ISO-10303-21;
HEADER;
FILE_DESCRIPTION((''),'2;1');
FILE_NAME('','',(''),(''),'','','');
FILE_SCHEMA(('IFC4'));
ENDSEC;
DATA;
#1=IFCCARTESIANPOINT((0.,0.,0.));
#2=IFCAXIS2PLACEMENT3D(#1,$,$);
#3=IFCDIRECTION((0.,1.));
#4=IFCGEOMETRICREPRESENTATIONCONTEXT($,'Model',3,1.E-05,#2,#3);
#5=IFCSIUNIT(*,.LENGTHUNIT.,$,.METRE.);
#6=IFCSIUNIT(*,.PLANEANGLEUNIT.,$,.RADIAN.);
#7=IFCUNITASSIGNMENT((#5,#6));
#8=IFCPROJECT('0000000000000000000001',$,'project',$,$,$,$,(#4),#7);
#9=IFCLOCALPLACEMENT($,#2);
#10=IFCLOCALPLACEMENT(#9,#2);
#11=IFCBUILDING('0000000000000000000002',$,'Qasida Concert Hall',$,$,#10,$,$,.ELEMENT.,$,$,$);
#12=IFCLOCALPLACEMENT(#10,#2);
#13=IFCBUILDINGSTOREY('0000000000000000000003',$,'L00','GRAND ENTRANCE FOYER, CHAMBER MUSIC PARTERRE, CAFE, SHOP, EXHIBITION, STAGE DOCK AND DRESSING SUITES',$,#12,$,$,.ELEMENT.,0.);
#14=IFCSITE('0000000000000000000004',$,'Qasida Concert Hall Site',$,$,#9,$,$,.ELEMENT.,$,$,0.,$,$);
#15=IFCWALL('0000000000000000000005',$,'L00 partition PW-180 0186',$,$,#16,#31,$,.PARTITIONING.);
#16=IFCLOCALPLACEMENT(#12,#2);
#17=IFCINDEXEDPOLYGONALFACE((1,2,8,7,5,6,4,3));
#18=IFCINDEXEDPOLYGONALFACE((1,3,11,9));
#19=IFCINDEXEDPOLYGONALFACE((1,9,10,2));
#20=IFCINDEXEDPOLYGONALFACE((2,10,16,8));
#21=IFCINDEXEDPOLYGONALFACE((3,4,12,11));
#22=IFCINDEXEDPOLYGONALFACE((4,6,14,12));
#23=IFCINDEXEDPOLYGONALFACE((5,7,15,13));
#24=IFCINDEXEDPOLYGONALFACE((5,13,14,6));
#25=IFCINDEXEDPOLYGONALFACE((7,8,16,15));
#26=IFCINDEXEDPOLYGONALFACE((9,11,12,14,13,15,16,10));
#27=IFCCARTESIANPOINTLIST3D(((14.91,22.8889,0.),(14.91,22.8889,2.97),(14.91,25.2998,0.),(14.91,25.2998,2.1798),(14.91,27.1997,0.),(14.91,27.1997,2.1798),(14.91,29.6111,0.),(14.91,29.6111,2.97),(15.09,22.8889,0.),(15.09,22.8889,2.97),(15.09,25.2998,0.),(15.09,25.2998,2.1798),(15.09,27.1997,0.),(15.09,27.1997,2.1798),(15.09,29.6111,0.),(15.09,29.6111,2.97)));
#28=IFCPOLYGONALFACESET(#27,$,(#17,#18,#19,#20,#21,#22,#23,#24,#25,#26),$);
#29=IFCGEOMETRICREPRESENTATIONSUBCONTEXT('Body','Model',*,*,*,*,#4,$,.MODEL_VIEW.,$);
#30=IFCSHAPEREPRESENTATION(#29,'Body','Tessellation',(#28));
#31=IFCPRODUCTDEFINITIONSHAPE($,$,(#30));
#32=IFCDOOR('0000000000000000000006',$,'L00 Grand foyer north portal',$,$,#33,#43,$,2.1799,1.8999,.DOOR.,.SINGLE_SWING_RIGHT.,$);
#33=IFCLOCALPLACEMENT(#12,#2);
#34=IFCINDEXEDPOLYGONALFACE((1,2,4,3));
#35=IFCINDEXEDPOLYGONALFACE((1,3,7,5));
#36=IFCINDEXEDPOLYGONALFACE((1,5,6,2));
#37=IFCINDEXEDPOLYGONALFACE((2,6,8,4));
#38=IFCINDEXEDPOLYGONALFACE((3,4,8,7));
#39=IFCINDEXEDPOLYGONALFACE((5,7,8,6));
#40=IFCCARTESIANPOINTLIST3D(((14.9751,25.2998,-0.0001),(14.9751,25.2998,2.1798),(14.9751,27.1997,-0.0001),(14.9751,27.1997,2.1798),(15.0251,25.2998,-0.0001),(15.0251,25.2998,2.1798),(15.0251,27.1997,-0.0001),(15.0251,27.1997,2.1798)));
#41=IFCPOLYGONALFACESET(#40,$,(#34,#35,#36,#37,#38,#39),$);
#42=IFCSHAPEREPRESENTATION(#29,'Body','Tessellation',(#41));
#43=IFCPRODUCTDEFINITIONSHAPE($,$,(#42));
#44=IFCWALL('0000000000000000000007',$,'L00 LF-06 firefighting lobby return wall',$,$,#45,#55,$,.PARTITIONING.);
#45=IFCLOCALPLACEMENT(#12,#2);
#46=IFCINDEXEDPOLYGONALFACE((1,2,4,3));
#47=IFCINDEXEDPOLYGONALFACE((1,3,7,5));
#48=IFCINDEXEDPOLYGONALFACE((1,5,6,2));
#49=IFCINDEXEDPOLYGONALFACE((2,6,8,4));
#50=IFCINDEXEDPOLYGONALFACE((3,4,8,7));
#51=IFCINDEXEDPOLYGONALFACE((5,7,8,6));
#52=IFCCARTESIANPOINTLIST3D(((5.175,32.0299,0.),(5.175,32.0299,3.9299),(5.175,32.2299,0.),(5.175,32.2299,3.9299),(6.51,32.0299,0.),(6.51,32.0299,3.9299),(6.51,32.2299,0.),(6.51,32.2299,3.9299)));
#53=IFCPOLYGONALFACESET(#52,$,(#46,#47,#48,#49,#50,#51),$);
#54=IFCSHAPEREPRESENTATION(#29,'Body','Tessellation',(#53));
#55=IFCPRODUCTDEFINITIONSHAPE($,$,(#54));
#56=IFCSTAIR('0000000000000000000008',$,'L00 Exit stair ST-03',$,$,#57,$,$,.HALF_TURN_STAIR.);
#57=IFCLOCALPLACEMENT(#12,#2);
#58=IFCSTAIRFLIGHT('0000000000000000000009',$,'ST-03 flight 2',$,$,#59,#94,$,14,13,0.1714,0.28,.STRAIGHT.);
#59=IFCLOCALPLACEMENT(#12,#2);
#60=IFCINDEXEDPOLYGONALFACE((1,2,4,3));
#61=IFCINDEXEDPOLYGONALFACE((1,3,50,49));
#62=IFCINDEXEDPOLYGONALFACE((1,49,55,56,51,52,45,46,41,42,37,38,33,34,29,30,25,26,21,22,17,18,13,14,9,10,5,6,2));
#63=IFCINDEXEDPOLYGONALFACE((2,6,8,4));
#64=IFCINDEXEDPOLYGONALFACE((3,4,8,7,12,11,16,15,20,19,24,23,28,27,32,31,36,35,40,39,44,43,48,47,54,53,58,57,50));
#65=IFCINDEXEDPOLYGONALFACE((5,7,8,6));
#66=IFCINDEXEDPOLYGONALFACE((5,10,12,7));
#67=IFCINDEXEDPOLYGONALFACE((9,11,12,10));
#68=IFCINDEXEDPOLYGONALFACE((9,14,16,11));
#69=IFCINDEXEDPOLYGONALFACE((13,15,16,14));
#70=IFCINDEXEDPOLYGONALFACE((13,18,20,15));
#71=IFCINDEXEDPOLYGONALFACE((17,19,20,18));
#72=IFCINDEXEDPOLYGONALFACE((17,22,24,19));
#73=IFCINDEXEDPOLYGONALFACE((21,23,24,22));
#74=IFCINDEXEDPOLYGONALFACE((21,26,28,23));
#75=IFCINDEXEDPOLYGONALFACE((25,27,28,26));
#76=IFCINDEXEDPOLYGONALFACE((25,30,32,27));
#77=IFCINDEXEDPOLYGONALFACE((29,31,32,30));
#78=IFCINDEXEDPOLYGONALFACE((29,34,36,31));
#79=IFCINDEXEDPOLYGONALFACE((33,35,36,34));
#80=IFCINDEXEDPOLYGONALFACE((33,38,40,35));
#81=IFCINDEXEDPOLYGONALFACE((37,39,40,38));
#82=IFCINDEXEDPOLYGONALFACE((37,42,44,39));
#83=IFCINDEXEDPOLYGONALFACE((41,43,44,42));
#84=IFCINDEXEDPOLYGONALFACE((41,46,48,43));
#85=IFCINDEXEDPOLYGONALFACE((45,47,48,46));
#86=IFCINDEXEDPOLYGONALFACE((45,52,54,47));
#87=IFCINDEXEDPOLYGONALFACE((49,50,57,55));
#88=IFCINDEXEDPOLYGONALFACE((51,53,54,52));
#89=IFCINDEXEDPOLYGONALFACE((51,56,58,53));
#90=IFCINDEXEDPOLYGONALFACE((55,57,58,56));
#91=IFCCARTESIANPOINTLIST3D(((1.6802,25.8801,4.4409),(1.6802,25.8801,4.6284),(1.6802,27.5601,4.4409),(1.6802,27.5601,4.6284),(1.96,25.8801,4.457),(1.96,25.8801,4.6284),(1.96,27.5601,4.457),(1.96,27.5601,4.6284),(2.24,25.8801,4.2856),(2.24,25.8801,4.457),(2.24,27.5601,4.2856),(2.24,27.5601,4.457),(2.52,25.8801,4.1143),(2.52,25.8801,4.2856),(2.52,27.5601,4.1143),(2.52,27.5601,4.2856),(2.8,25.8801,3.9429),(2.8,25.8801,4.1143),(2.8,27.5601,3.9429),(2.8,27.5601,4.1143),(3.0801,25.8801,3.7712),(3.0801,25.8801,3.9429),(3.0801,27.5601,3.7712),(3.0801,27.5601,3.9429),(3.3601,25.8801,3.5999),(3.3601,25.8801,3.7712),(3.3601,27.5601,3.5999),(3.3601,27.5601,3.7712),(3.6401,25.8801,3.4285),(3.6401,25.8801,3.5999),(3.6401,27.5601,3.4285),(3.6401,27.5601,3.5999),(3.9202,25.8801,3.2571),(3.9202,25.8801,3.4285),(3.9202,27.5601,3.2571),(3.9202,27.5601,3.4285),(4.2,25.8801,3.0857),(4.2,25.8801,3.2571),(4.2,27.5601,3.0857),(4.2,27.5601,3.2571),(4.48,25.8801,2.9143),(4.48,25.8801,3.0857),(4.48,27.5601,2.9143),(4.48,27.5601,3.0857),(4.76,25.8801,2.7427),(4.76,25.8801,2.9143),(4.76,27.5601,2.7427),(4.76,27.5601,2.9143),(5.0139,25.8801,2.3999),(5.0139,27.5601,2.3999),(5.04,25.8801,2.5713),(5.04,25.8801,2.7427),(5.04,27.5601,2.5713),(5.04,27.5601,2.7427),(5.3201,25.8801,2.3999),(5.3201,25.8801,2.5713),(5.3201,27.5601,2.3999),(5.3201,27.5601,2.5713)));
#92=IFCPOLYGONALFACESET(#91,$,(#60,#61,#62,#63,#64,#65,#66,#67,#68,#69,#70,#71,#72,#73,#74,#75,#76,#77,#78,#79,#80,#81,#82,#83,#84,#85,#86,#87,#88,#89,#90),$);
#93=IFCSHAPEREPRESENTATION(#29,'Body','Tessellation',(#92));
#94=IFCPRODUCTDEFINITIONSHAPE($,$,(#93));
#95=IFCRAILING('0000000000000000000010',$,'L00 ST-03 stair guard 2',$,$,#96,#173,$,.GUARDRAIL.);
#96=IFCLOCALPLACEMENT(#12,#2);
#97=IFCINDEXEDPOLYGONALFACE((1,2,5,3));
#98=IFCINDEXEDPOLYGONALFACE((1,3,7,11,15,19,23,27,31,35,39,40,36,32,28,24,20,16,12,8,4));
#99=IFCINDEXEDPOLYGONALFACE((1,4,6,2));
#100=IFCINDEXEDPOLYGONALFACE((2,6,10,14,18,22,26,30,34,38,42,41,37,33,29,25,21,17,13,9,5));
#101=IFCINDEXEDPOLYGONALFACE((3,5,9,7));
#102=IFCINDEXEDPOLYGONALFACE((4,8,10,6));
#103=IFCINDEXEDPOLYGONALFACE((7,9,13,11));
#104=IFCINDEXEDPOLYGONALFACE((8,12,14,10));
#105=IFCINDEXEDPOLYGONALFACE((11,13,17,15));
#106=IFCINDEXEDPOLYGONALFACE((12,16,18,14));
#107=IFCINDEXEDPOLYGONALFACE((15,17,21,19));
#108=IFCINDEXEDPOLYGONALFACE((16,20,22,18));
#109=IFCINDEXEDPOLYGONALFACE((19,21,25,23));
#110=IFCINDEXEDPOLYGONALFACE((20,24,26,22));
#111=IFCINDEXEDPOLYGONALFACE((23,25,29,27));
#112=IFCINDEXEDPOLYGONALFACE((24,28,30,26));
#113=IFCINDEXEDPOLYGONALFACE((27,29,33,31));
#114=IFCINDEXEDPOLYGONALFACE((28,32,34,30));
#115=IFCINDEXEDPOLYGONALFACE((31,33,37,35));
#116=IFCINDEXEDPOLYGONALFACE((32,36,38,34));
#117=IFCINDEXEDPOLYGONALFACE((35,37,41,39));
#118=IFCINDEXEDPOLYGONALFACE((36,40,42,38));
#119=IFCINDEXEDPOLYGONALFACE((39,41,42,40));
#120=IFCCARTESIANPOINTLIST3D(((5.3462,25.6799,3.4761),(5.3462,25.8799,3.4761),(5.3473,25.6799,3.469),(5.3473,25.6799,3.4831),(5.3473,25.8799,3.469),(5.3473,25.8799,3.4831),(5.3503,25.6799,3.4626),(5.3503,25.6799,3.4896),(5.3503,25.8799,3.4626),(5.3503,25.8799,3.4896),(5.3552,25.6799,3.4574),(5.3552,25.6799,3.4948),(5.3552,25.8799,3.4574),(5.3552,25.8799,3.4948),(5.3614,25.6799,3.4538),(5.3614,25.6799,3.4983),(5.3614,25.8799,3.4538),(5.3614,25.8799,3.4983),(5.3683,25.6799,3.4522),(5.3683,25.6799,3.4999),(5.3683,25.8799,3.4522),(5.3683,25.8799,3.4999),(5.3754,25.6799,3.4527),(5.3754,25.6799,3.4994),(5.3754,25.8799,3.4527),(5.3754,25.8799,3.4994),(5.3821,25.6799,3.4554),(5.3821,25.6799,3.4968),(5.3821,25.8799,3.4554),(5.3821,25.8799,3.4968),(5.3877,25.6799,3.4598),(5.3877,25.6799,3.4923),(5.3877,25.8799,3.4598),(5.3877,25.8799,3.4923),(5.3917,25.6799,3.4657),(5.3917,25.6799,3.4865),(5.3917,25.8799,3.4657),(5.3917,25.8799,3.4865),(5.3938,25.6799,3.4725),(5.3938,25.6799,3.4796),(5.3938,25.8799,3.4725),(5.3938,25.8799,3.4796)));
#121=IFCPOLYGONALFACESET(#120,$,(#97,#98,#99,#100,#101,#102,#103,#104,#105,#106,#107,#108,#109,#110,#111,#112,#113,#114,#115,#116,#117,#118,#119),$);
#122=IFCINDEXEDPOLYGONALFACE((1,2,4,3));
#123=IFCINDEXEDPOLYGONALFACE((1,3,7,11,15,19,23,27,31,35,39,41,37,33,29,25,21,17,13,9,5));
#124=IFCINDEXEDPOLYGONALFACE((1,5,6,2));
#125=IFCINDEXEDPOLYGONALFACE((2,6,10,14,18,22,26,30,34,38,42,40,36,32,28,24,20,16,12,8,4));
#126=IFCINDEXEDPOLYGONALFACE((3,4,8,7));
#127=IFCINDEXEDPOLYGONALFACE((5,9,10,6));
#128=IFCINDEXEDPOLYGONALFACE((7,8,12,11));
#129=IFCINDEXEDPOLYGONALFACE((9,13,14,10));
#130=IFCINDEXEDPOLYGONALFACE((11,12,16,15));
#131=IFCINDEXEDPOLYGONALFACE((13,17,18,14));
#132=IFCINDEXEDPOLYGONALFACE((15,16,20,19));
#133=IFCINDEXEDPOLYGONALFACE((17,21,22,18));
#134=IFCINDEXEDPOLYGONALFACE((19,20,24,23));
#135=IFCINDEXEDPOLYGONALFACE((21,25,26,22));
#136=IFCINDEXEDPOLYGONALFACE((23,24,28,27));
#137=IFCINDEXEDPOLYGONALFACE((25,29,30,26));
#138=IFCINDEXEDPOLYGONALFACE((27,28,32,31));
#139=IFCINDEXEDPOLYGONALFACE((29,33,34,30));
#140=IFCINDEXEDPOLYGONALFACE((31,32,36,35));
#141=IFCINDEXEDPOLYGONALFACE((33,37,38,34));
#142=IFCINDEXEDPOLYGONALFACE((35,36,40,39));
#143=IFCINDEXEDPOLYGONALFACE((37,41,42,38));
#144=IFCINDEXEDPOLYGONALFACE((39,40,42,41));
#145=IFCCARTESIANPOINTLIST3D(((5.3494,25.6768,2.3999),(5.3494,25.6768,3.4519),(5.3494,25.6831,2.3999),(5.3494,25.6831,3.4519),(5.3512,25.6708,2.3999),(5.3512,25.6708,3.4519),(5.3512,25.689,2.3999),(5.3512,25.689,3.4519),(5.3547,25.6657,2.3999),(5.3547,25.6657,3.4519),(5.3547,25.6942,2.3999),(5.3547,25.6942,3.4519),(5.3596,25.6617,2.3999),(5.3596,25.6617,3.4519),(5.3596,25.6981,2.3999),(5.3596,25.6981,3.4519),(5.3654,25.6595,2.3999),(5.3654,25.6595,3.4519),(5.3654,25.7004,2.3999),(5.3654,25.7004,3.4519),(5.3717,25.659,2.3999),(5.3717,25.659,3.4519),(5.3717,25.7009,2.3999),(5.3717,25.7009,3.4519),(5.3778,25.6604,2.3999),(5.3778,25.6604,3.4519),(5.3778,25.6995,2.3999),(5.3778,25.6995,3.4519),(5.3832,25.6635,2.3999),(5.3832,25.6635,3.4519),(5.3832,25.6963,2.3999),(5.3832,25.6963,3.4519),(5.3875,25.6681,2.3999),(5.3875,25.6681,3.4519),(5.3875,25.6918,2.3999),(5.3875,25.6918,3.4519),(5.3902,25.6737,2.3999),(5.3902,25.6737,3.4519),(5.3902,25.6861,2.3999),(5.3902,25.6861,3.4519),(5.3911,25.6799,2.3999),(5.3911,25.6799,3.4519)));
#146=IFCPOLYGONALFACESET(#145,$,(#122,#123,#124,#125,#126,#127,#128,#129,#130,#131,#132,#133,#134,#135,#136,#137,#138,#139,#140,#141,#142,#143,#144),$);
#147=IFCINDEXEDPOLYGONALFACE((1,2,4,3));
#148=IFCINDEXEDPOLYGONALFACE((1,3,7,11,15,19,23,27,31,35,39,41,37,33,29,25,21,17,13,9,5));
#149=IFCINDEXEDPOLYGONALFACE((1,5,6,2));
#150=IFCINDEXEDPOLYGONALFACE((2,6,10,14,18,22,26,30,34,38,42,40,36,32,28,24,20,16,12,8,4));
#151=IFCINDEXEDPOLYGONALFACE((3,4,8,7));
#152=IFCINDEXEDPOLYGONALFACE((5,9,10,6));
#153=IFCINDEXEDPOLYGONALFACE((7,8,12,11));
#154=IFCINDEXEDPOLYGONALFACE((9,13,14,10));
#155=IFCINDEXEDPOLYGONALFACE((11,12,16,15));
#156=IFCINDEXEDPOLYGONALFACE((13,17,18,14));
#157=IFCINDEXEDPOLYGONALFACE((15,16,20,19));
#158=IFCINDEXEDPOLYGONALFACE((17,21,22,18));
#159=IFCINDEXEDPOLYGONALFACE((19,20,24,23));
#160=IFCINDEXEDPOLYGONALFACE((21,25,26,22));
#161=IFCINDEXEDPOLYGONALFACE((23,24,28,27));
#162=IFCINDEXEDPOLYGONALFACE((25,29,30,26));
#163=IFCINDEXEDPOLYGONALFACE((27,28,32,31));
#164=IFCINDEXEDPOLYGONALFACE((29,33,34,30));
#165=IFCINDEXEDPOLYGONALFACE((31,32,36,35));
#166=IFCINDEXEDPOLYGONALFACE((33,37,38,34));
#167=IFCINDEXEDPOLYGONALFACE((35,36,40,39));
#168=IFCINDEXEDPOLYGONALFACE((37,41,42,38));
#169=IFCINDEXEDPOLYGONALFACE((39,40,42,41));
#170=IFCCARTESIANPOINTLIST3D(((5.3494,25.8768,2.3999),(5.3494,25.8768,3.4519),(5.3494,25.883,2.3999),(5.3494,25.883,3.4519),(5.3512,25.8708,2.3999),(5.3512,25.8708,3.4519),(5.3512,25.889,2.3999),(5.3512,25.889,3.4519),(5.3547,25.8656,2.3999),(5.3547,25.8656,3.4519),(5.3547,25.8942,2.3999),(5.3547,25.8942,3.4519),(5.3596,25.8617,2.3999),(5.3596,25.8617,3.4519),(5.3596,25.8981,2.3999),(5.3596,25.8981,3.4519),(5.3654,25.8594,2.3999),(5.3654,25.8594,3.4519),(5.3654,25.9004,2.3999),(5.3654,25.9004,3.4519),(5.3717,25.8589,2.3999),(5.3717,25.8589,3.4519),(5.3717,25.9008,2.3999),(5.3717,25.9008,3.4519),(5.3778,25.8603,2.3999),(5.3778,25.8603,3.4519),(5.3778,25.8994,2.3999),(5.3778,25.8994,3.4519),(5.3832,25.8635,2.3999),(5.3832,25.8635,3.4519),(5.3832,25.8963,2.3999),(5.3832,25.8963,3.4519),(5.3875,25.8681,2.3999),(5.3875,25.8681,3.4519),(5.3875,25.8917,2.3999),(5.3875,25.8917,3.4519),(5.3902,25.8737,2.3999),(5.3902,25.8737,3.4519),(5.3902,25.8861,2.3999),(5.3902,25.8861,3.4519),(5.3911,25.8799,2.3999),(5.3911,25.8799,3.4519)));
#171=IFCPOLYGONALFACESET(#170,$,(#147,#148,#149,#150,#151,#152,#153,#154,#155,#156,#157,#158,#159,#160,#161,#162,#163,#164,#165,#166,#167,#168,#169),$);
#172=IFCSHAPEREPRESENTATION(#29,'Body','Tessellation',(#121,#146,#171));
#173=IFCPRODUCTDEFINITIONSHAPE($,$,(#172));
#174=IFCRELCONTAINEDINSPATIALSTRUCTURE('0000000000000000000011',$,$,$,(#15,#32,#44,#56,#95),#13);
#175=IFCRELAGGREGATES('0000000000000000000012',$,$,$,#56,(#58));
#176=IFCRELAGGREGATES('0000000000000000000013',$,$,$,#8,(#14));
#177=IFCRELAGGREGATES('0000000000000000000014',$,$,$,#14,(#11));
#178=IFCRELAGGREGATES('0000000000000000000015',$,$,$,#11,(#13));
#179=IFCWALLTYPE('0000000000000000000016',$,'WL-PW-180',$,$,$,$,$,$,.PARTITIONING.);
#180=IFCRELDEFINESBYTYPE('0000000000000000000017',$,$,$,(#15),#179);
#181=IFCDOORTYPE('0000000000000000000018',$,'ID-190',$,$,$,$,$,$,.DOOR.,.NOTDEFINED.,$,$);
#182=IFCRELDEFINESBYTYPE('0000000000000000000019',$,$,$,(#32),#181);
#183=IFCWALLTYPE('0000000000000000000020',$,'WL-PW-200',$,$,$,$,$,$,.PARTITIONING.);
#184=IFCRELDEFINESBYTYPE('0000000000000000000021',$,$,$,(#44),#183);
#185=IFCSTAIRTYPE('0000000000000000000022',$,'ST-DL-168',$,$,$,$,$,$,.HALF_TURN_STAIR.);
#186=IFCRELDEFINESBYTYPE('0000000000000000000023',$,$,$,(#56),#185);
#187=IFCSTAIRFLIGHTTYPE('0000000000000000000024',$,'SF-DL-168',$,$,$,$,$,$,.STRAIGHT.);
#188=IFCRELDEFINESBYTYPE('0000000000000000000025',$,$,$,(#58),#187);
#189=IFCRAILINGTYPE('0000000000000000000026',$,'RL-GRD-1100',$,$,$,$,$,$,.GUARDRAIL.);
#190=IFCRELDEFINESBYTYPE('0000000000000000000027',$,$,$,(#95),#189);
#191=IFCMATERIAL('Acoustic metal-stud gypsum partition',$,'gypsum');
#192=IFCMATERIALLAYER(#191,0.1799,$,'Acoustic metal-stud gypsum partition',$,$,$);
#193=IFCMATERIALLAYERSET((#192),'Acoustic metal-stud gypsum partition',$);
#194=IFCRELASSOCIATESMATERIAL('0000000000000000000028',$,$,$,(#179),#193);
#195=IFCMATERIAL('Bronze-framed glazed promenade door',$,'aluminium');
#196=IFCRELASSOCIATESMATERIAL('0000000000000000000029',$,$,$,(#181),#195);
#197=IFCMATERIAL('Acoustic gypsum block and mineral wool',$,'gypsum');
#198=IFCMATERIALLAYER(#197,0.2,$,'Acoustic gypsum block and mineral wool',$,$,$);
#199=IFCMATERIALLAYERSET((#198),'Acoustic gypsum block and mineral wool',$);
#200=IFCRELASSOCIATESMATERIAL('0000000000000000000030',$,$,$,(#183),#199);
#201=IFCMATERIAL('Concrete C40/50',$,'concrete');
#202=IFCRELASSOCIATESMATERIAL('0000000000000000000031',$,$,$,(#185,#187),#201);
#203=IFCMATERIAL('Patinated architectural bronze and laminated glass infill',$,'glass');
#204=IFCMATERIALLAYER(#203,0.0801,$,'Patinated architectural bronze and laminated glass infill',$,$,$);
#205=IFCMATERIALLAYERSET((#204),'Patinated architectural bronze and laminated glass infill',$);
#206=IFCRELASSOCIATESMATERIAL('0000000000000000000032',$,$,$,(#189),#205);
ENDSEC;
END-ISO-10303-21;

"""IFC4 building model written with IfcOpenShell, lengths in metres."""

from ifc_helpers import new_model, si_unit, direction, frame, frame_2d, origin, origin_2d, place, context, subcontext, project, spatial, polyline, rectangle, circle, outline, extrude, material, layer, layer_set, type_object, element, fill, aggregate, save


model = new_model("IFC4")

# Units and contexts
model_context = context("Model", 3, precision=1e-05, world=origin(), true_north=direction((0.0, 1.0)))
body_context = subcontext(model_context, "Body", "Model", "MODEL_VIEW")
ifc_project = project(units=[si_unit("LENGTHUNIT", "METRE"), si_unit("PLANEANGLEUNIT", "RADIAN")], contexts=[model_context])

# Site, building, storey
site_placement = place(None, origin())
site = spatial("IfcSite", under=ifc_project, at=site_placement, Name="Qasida Concert Hall Site", CompositionType="ELEMENT", RefElevation=0.0)
building_placement = place(site_placement, origin())
building = spatial("IfcBuilding", under=site, at=building_placement, Name="Qasida Concert Hall", CompositionType="ELEMENT")
storey_placement = place(building_placement, origin())
storey = spatial("IfcBuildingStorey", under=building, at=storey_placement, Name="L00", Description="GRAND ENTRANCE FOYER, CHAMBER MUSIC PARTERRE, CAFE, SHOP, EXHIBITION, STAGE DOCK AND DRESSING SUITES", CompositionType="ELEMENT", Elevation=0.0)

# Shared definitions
ifc_material_1 = material(Name="Concrete C40/50", Category="concrete")

# Shared definitions
ifc_material_2 = material(Name="Acoustic metal-stud gypsum partition", Category="gypsum")
ifc_layer_1 = layer(ifc_material_2, 0.1799, Name="Acoustic metal-stud gypsum partition")
ifc_layer_set_1 = layer_set([ifc_layer_1], Name="Acoustic metal-stud gypsum partition")
wall_type_1 = type_object("IfcWallType", Name="WL-PW-180", PredefinedType="PARTITIONING", material=ifc_layer_set_1)

# Wall, opening, door
wall_1_placement = place(storey_placement, frame((15.0, 22.8889, 0.0), z_axis=(0.0, 0.0, 1.0), x_axis=(0.0, 1.0, 0.0)))
wall_1 = element("IfcWall", 1, at=wall_1_placement, inside=storey, type_object=wall_type_1, Name="L00 partition PW-180 0186", PredefinedType="PARTITIONING", context=body_context, shape_type="SweptSolid", body=[
    extrude(rectangle(XDim=6.7222, YDim=0.1799, at=frame_2d((3.3611, 0.0))), origin(), (0.0, 0.0, 1.0), 2.97),
])
opening_1_placement = place(wall_1_placement, frame((2.4109, 0.0, 0.0)))
opening_1 = element("IfcOpeningElement", 2, at=opening_1_placement, cuts=wall_1, PredefinedType="OPENING", context=body_context, shape_type="SweptSolid", body=[
    extrude(rectangle(XDim=1.8999, YDim=2.1799, at=frame_2d((0.95, 1.0898))), frame((0.0, 0.0999, 0.0), z_axis=(0.0, -1.0, 0.0), x_axis=(1.0, 0.0, 0.0)), (0.0, 0.0, 1.0), 0.2),
])
ifc_material_3 = material(Name="Bronze-framed glazed promenade door", Category="aluminium")
door_type_1 = type_object("IfcDoorType", Name="ID-190", OperationType="NOTDEFINED", PredefinedType="DOOR", material=ifc_material_3)
door_1_placement = place(opening_1_placement, origin())
door_1 = element("IfcDoor", 3, at=door_1_placement, inside=storey, type_object=door_type_1, Name="L00 Grand foyer north portal", OperationType="SINGLE_SWING_RIGHT", OverallHeight=2.1799, OverallWidth=1.8999, PredefinedType="DOOR", context=body_context, shape_type="SweptSolid", body=[
    extrude(rectangle(XDim=1.8999, YDim=2.1799, at=frame_2d((0.95, 1.0898))), frame((0.0, 0.0249, 0.0), z_axis=(0.0, -1.0, 0.0), x_axis=(1.0, 0.0, 0.0)), (0.0, 0.0, 1.0), 0.05),
])
fill(opening_1, door_1)

# Wall
ifc_material_4 = material(Name="Acoustic gypsum block and mineral wool", Category="gypsum")
ifc_layer_2 = layer(ifc_material_4, 0.2, Name="Acoustic gypsum block and mineral wool")
ifc_layer_set_2 = layer_set([ifc_layer_2], Name="Acoustic gypsum block and mineral wool")
wall_type_2 = type_object("IfcWallType", Name="WL-PW-200", PredefinedType="PARTITIONING", material=ifc_layer_set_2)
wall_2_placement = place(storey_placement, frame((5.175, 32.1299, 0.0), z_axis=(0.0, 0.0, 1.0), x_axis=(1.0, 0.0, 0.0)))
element("IfcWall", 4, at=wall_2_placement, inside=storey, type_object=wall_type_2, Name="L00 LF-06 firefighting lobby return wall", PredefinedType="PARTITIONING", context=body_context, shape_type="SweptSolid", body=[
    extrude(rectangle(XDim=1.335, YDim=0.2, at=frame_2d((0.6675, 0.0))), origin(), (0.0, 0.0, 1.0), 3.9299),
])

# Stair, stair flight
stair_type = type_object("IfcStairType", Name="ST-DL-168", PredefinedType="HALF_TURN_STAIR", material=ifc_material_1)
stair_placement = place(storey_placement, origin())
stair = element("IfcStair", 5, at=stair_placement, inside=storey, type_object=stair_type, Name="L00 Exit stair ST-03", PredefinedType="HALF_TURN_STAIR")
stair_flight_type = type_object("IfcStairFlightType", Name="SF-DL-168", PredefinedType="STRAIGHT", material=ifc_material_1)
stair_flight_placement = place(storey_placement, frame((5.3201, 26.72, 2.3999), z_axis=(0.0, 0.0, 1.0), x_axis=(-1.0, 0.0, 0.0)))
stair_flight = element("IfcStairFlight", 6, at=stair_flight_placement, type_object=stair_flight_type, Name="ST-03 flight 2", NumberOfRisers=14, NumberOfTreads=13, PredefinedType="STRAIGHT", RiserHeight=0.1714, TreadLength=0.28, context=body_context, shape_type="SweptSolid", body=[
    extrude(outline(polyline([(0.0, 0.0), (0.0, 0.1714), (0.28, 0.1714), (0.28, 0.3428), (0.5601, 0.3428), (0.5601, 0.5144), (0.8401, 0.5144), (0.8401, 0.6858), (1.1201, 0.6858), (1.1201, 0.8572), (1.3999, 0.8572), (1.3999, 1.0286), (1.6799, 1.0286), (1.6799, 1.2), (1.96, 1.2), (1.96, 1.3713), (2.24, 1.3713), (2.24, 1.543), (2.52, 1.543), (2.52, 1.7144), (2.8, 1.7144), (2.8, 1.8857), (3.0801, 1.8857), (3.0801, 2.0571), (3.3601, 2.0571), (3.3601, 2.2285), (3.6399, 2.2285), (3.6399, 2.3999), (3.6399, 2.041), (0.3062, 0.0), (0.0, 0.0)])), frame((0.0, 0.8398, 0.0), z_axis=(0.0, -1.0, 0.0), x_axis=(1.0, 0.0, 0.0)), (0.0, 0.0, 1.0), 1.6799),
])
aggregate(stair, [stair_flight])

# Railing
ifc_material_5 = material(Name="Patinated architectural bronze and laminated glass infill", Category="glass")
ifc_layer_3 = layer(ifc_material_5, 0.0801, Name="Patinated architectural bronze and laminated glass infill")
ifc_layer_set_3 = layer_set([ifc_layer_3], Name="Patinated architectural bronze and laminated glass infill")
railing_type_1 = type_object("IfcRailingType", Name="RL-GRD-1100", PredefinedType="GUARDRAIL", material=ifc_layer_set_3)
railing_1_placement = place(storey_placement, frame((5.3701, 25.6799, 2.3999)))
element("IfcRailing", 7, at=railing_1_placement, inside=storey, type_object=railing_type_1, Name="L00 ST-03 stair guard 2", PredefinedType="GUARDRAIL", context=body_context, shape_type="SweptSolid", body=[
    extrude(circle(Radius=0.0239, at=origin_2d()), frame((0.0, 0.0, 1.0762), z_axis=(0.0, 1.0, 0.0), x_axis=(-1.0, 0.0, 0.0)), (0.0, 0.0, 1.0), 0.2),
    extrude(circle(Radius=0.021, at=origin_2d()), origin(), (0.0, 0.0, 1.0), 1.052),
    extrude(circle(Radius=0.021, at=origin_2d()), frame((0.0, 0.2, 0.0)), (0.0, 0.0, 1.0), 1.052),
])

save(model, "model.ifc")
